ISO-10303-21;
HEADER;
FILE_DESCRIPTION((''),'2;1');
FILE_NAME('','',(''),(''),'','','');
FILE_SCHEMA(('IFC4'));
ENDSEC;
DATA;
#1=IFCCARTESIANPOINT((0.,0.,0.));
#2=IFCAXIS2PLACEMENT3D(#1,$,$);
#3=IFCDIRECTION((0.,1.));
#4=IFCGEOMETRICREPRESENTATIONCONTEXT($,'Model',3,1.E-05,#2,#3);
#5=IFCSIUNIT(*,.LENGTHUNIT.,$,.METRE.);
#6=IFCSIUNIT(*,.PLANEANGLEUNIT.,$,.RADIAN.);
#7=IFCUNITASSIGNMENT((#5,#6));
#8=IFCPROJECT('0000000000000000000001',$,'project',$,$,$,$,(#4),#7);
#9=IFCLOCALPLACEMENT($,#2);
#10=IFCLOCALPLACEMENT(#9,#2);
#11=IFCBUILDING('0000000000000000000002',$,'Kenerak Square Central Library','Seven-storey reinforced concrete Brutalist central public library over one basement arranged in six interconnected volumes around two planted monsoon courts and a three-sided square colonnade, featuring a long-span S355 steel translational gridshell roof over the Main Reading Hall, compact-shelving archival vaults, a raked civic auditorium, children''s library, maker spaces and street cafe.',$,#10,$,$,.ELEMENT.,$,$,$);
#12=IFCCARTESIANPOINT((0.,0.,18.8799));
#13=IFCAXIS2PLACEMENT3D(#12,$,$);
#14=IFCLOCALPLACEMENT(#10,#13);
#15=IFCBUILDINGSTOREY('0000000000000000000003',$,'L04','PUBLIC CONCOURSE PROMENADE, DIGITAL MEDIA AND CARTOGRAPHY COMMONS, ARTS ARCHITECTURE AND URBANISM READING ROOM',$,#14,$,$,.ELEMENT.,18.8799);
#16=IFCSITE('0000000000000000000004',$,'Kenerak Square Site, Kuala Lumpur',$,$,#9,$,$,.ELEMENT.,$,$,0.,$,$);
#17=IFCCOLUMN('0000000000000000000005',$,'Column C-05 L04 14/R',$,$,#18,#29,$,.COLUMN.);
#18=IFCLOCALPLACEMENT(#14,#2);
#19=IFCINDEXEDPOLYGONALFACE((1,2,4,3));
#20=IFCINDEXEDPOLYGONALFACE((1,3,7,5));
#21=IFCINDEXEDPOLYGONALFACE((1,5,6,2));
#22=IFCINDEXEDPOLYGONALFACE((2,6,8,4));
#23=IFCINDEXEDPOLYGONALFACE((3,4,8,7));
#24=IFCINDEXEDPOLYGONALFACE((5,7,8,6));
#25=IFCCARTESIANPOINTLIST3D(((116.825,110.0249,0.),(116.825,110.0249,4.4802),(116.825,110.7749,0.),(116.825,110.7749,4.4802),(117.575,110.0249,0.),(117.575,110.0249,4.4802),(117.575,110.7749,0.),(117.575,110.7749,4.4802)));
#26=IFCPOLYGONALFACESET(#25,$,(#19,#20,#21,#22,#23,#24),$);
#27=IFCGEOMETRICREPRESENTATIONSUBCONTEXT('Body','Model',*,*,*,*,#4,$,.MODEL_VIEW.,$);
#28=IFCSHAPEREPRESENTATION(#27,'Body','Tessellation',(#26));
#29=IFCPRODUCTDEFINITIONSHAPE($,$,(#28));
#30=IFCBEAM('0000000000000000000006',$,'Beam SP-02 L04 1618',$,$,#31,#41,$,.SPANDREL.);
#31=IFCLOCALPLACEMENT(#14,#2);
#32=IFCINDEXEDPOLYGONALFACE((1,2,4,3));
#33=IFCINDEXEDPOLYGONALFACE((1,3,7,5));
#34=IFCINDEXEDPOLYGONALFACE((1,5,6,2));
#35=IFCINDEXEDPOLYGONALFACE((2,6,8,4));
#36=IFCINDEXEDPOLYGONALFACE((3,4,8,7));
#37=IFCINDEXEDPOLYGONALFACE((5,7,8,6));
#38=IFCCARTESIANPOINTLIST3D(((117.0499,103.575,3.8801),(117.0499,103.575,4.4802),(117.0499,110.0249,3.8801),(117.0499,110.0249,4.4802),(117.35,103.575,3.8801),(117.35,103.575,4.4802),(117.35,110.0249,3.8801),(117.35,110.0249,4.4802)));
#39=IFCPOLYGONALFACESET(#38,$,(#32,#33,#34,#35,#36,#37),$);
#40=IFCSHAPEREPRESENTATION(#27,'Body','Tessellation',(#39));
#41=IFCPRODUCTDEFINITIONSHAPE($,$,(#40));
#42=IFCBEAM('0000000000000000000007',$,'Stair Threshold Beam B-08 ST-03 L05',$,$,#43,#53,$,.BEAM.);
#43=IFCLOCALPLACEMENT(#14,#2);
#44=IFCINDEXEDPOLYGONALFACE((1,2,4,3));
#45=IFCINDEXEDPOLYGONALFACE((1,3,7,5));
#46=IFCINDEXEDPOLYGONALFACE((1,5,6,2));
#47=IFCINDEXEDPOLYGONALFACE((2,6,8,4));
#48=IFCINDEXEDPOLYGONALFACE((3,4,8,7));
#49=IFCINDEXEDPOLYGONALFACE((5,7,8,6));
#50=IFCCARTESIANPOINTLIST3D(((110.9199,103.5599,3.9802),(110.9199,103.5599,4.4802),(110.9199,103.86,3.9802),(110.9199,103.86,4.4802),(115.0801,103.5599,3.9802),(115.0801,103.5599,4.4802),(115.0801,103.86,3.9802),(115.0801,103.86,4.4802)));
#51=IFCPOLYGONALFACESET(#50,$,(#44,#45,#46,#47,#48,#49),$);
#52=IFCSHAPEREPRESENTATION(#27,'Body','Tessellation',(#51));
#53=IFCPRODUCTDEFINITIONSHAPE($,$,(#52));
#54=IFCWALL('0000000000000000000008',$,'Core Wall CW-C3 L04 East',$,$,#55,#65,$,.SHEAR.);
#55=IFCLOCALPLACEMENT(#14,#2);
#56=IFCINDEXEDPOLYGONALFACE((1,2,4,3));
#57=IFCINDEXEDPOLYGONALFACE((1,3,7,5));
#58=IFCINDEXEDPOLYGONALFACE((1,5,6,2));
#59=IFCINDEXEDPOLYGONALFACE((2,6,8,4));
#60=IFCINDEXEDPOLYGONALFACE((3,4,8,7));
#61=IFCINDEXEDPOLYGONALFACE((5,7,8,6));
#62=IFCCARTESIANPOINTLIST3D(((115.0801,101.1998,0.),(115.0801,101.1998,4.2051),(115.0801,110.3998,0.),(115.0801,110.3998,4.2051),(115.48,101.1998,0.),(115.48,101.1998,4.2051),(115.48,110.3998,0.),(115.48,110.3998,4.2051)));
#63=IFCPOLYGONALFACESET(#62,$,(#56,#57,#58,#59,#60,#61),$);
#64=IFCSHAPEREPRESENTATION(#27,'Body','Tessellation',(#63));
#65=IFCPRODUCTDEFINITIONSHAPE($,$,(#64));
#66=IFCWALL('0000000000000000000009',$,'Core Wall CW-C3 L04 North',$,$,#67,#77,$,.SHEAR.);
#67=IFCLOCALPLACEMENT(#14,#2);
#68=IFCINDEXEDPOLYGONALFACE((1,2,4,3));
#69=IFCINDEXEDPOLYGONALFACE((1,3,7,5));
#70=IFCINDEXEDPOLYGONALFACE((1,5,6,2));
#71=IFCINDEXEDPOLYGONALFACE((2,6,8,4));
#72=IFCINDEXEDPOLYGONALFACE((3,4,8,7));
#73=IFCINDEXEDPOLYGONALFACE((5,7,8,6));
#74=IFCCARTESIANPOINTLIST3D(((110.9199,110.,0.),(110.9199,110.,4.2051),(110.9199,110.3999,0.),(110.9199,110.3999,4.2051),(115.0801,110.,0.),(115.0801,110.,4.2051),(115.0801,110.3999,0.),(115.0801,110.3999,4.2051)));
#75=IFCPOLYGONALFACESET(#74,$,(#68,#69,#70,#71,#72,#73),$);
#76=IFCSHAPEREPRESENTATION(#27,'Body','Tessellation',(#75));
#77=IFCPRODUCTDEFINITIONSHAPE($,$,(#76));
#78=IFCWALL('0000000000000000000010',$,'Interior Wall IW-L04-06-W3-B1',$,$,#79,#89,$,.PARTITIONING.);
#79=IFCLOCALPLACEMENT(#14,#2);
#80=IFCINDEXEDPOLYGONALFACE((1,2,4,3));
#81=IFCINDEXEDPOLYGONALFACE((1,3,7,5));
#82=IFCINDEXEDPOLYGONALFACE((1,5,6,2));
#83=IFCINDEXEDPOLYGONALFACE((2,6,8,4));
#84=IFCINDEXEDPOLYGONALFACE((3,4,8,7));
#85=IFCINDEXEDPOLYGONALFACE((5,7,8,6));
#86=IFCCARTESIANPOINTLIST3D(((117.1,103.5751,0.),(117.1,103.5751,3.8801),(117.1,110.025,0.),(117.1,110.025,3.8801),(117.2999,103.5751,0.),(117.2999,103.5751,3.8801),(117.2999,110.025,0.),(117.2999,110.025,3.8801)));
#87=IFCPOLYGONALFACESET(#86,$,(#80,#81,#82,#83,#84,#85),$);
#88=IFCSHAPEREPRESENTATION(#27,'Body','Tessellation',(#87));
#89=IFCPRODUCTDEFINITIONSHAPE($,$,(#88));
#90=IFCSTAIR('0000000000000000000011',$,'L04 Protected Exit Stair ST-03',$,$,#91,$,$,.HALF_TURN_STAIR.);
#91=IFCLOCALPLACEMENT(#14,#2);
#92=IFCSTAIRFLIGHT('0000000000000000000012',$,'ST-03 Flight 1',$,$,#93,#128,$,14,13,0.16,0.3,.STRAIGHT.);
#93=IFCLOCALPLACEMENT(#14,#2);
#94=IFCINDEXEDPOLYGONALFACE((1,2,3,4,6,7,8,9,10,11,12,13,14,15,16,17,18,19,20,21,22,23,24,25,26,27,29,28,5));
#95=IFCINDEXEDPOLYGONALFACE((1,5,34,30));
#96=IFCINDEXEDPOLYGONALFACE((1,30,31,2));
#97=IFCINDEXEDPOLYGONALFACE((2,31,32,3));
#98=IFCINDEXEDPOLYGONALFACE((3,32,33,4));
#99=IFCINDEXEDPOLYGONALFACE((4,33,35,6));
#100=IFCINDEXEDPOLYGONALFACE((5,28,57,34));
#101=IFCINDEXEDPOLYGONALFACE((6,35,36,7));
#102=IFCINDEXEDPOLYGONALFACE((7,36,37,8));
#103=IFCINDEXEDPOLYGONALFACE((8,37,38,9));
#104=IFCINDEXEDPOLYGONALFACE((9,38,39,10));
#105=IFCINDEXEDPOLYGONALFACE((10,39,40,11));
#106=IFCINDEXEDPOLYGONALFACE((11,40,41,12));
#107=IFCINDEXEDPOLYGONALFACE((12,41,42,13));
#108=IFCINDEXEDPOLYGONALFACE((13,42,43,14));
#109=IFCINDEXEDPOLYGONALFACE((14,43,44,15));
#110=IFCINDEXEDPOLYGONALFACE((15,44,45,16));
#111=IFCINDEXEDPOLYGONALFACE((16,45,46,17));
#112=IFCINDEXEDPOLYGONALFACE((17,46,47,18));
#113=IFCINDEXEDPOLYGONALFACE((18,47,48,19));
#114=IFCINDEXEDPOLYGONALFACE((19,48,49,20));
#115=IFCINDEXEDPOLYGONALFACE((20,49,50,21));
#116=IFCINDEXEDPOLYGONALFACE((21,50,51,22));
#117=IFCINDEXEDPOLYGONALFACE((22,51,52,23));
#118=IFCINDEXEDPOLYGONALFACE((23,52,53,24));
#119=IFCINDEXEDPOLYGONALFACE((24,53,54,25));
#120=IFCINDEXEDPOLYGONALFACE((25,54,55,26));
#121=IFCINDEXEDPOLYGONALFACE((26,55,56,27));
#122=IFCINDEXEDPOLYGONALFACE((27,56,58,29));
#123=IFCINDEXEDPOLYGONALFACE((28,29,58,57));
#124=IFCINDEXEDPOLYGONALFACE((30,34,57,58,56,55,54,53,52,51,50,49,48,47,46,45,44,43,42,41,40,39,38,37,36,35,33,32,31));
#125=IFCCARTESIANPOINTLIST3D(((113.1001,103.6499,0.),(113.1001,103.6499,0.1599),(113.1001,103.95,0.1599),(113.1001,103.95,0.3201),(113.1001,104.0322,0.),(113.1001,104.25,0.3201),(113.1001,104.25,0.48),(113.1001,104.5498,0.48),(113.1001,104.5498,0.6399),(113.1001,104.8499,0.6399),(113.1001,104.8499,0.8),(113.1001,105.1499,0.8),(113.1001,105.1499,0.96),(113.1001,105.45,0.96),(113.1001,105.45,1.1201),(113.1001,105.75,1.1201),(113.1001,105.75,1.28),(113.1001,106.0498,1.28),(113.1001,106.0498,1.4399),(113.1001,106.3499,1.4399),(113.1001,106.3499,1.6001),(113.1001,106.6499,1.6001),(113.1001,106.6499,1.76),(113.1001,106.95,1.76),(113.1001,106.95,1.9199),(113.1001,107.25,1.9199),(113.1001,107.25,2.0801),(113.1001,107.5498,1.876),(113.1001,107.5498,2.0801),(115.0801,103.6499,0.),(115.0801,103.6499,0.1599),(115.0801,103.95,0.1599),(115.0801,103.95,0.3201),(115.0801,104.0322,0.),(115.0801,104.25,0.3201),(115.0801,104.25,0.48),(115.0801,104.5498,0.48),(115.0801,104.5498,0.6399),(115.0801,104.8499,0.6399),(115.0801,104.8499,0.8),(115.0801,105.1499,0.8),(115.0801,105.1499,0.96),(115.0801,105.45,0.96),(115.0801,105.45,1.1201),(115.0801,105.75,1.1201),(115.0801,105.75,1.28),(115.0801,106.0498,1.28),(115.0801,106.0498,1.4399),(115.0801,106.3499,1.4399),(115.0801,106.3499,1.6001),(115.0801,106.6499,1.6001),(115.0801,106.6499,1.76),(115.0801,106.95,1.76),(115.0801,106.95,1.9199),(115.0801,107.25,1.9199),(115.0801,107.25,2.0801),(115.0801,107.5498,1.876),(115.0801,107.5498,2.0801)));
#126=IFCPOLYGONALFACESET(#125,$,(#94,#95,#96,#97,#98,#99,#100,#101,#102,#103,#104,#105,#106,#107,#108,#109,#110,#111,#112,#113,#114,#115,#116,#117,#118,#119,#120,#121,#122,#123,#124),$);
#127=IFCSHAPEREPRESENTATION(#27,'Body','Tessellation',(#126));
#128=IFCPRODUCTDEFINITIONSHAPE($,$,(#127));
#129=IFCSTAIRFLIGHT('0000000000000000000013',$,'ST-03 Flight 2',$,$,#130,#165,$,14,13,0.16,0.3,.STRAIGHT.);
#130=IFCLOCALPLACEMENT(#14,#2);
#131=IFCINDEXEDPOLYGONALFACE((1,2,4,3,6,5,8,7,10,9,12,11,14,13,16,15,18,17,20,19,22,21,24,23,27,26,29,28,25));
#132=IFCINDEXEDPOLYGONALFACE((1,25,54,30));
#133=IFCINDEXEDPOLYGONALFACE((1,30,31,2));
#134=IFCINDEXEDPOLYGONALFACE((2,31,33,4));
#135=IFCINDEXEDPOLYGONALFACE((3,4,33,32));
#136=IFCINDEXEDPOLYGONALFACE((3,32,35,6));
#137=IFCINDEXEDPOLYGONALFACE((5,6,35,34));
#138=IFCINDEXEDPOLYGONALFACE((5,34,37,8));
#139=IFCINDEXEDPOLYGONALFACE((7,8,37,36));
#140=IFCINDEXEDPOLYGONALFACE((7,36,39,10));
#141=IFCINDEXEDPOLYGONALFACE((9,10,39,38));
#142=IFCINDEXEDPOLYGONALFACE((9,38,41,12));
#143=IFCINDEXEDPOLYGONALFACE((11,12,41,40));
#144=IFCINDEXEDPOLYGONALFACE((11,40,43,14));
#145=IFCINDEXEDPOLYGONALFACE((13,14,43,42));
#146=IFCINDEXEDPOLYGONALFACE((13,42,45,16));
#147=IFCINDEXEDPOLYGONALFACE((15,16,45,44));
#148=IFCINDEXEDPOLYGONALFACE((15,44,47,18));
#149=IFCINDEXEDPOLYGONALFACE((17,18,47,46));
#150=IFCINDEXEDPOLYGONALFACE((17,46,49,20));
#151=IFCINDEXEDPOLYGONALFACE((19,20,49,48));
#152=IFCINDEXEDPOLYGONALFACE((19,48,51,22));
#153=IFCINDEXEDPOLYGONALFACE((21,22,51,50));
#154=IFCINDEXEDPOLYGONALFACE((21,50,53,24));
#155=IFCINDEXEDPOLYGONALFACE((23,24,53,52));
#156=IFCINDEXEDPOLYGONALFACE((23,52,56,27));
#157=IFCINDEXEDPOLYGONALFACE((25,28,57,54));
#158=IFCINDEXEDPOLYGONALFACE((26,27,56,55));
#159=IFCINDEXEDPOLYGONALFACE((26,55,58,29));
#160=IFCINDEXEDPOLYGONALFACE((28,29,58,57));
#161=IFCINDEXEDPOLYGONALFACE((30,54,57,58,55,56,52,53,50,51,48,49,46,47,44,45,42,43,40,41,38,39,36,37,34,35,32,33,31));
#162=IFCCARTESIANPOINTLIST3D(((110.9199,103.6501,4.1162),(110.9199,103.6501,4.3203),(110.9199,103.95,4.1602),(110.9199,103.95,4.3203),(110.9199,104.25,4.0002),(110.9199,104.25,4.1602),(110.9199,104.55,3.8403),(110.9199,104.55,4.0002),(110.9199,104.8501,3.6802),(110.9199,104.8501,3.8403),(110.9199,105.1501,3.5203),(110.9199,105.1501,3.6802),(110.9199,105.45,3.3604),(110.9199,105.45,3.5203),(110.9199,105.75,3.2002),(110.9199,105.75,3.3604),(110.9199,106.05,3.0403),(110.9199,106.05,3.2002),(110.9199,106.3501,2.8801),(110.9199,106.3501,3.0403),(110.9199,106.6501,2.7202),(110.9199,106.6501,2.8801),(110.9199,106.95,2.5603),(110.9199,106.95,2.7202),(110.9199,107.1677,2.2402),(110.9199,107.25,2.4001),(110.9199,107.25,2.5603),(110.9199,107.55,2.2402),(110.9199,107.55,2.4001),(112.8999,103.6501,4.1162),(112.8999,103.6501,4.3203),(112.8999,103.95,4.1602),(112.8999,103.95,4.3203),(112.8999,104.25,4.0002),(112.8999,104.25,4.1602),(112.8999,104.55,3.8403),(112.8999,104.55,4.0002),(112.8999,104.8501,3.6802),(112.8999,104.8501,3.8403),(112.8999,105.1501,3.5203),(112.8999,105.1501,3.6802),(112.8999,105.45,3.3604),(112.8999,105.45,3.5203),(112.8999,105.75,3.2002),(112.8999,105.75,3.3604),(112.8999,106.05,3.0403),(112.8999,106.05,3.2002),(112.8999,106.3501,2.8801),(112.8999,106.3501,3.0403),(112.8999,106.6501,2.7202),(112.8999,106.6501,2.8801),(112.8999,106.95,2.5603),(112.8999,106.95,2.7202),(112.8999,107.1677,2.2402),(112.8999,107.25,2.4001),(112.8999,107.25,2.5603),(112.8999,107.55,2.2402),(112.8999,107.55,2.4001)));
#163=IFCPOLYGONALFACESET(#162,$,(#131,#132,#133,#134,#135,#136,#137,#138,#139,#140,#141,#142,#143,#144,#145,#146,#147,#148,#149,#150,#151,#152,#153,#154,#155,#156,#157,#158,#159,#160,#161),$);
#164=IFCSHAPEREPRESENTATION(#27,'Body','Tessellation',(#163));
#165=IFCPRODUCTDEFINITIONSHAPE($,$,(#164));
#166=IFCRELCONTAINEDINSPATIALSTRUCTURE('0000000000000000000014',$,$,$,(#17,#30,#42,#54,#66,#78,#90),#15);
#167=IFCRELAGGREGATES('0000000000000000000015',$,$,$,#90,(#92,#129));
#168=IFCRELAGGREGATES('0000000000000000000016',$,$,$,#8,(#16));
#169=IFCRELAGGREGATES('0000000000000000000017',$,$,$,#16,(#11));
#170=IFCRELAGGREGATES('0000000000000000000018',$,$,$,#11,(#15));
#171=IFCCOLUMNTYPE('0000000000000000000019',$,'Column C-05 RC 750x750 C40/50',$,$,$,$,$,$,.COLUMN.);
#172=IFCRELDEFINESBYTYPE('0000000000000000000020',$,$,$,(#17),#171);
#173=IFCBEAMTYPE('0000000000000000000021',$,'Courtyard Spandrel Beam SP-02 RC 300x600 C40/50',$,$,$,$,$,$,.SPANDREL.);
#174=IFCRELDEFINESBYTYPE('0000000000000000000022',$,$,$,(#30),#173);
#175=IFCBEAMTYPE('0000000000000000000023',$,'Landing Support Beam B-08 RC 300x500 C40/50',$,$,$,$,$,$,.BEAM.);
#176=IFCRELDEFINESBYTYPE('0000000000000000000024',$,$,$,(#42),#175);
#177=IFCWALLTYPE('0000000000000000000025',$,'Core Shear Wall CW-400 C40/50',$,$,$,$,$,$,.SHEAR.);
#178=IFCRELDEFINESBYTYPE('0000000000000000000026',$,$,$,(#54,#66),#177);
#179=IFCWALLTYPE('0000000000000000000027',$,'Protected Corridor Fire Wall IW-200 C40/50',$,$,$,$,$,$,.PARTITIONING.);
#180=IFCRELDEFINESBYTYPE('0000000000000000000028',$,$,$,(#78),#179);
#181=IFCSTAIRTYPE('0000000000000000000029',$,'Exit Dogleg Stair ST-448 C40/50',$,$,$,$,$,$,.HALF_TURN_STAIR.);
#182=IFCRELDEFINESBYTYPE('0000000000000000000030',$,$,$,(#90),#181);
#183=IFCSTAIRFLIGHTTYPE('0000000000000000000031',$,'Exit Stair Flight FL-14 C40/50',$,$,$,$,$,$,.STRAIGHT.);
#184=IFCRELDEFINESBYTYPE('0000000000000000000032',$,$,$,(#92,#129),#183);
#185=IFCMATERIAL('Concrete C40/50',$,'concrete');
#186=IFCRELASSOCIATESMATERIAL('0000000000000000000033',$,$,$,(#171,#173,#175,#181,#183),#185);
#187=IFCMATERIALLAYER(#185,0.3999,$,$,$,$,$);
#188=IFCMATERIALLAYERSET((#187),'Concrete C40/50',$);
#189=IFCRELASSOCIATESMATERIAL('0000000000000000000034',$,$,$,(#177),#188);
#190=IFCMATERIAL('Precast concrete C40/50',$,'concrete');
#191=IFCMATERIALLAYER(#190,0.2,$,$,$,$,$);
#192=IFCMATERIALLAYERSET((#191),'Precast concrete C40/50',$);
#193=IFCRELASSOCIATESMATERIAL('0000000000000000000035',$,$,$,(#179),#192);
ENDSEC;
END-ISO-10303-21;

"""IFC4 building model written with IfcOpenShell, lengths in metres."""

from ifc_helpers import new_model, si_unit, direction, frame, frame_2d, origin, origin_2d, place, context, subcontext, project, spatial, polyline, rectangle, outline, extrude, material, layer, layer_set, material_profile, profile_set, type_object, element, aggregate, save


model = new_model("IFC4")

# Units and contexts
model_context = context("Model", 3, precision=1e-05, world=origin(), true_north=direction((0.0, 1.0)))
body_context = subcontext(model_context, "Body", "Model", "MODEL_VIEW")
ifc_project = project(units=[si_unit("LENGTHUNIT", "METRE"), si_unit("PLANEANGLEUNIT", "RADIAN")], contexts=[model_context])

# Site, building, storey
site_placement = place(None, origin())
site = spatial("IfcSite", under=ifc_project, at=site_placement, Name="Kenerak Square Site, Kuala Lumpur", CompositionType="ELEMENT", RefElevation=0.0)
building_placement = place(site_placement, origin())
building = spatial("IfcBuilding", under=site, at=building_placement, Name="Kenerak Square Central Library", Description="Seven-storey reinforced concrete Brutalist central public library over one basement arranged in six interconnected volumes around two planted monsoon courts and a three-sided square colonnade, featuring a long-span S355 steel translational gridshell roof over the Main Reading Hall, compact-shelving archival vaults, a raked civic auditorium, children's library, maker spaces and street cafe.", CompositionType="ELEMENT")
storey_placement = place(building_placement, frame((0.0, 0.0, 18.8799)))
storey = spatial("IfcBuildingStorey", under=building, at=storey_placement, Name="L04", Description="PUBLIC CONCOURSE PROMENADE, DIGITAL MEDIA AND CARTOGRAPHY COMMONS, ARTS ARCHITECTURE AND URBANISM READING ROOM", CompositionType="ELEMENT", Elevation=18.8799)

# Column
ifc_material_1 = material(Name="Concrete C40/50", Category="concrete")
ifc_material_profile_1 = material_profile(ifc_material_1, rectangle(XDim=0.75, YDim=0.75, at=origin_2d()), Name="RC 750x750")
ifc_profile_set_1 = profile_set([ifc_material_profile_1], Name="Concrete C40/50")
column_type = type_object("IfcColumnType", Name="Column C-05 RC 750x750 C40/50", PredefinedType="COLUMN", material=ifc_profile_set_1)
column_placement = place(storey_placement, frame((117.2, 110.3999, 0.0), z_axis=(0.0, 0.0, 1.0), x_axis=(1.0, 0.0, 0.0)))
element("IfcColumn", 1, at=column_placement, inside=storey, type_object=column_type, Name="Column C-05 L04 14/R", PredefinedType="COLUMN", context=body_context, shape_type="SweptSolid", body=[
    extrude(rectangle(XDim=0.75, YDim=0.75, at=origin_2d()), origin(), (0.0, 0.0, 1.0), 4.4802),
])

# Beams
ifc_material_profile_2 = material_profile(ifc_material_1, rectangle(XDim=0.3, YDim=0.6001, at=origin_2d()), Name="RC 300x600")
ifc_profile_set_2 = profile_set([ifc_material_profile_2], Name="Concrete C40/50")
beam_type_1 = type_object("IfcBeamType", Name="Courtyard Spandrel Beam SP-02 RC 300x600 C40/50", PredefinedType="SPANDREL", material=ifc_profile_set_2)
beam_1_placement = place(storey_placement, frame((117.2, 103.575, 4.1802), z_axis=(0.0, 1.0, 0.0), x_axis=(-1.0, 0.0, 0.0)))
element("IfcBeam", 2, at=beam_1_placement, inside=storey, type_object=beam_type_1, Name="Beam SP-02 L04 1618", PredefinedType="SPANDREL", context=body_context, shape_type="SweptSolid", body=[
    extrude(rectangle(XDim=0.3, YDim=0.6001, at=origin_2d()), origin(), (0.0, 0.0, 1.0), 6.45),
])
ifc_material_profile_3 = material_profile(ifc_material_1, rectangle(XDim=0.3, YDim=0.5, at=origin_2d()), Name="RC 300x500")
ifc_profile_set_3 = profile_set([ifc_material_profile_3], Name="Concrete C40/50")
beam_type_2 = type_object("IfcBeamType", Name="Landing Support Beam B-08 RC 300x500 C40/50", PredefinedType="BEAM", material=ifc_profile_set_3)
beam_2_placement = place(storey_placement, frame((110.9199, 103.71, 4.2302), z_axis=(1.0, 0.0, 0.0), x_axis=(0.0, 1.0, 0.0)))
element("IfcBeam", 3, at=beam_2_placement, inside=storey, type_object=beam_type_2, Name="Stair Threshold Beam B-08 ST-03 L05", PredefinedType="BEAM", context=body_context, shape_type="SweptSolid", body=[
    extrude(rectangle(XDim=0.3, YDim=0.5, at=origin_2d()), origin(), (0.0, 0.0, 1.0), 4.1602),
])

# Walls
ifc_layer_1 = layer(ifc_material_1, 0.3999)
ifc_layer_set_1 = layer_set([ifc_layer_1], Name="Concrete C40/50")
wall_type_1 = type_object("IfcWallType", Name="Core Shear Wall CW-400 C40/50", PredefinedType="SHEAR", material=ifc_layer_set_1)
wall_1_placement = place(storey_placement, frame((115.28, 110.3999, 0.0), z_axis=(0.0, 0.0, 1.0), x_axis=(0.0, -1.0, 0.0)))
element("IfcWall", 4, at=wall_1_placement, inside=storey, type_object=wall_type_1, Name="Core Wall CW-C3 L04 East", PredefinedType="SHEAR", context=body_context, shape_type="SweptSolid", body=[
    extrude(rectangle(XDim=9.2, YDim=0.3999, at=frame_2d((4.6001, 0.0))), origin(), (0.0, 0.0, 1.0), 4.2051),
])
wall_2_placement = place(storey_placement, frame((110.9199, 110.2, 0.0), z_axis=(0.0, 0.0, 1.0), x_axis=(1.0, 0.0, 0.0)))
element("IfcWall", 5, at=wall_2_placement, inside=storey, type_object=wall_type_1, Name="Core Wall CW-C3 L04 North", PredefinedType="SHEAR", context=body_context, shape_type="SweptSolid", body=[
    extrude(rectangle(XDim=4.1602, YDim=0.3999, at=frame_2d((2.0801, 0.0))), origin(), (0.0, 0.0, 1.0), 4.2051),
])
ifc_material_2 = material(Name="Precast concrete C40/50", Category="concrete")
ifc_layer_2 = layer(ifc_material_2, 0.2)
ifc_layer_set_2 = layer_set([ifc_layer_2], Name="Precast concrete C40/50")
wall_type_2 = type_object("IfcWallType", Name="Protected Corridor Fire Wall IW-200 C40/50", PredefinedType="PARTITIONING", material=ifc_layer_set_2)
wall_3_placement = place(storey_placement, frame((117.2, 103.575, 0.0), z_axis=(0.0, 0.0, 1.0), x_axis=(0.0, 1.0, 0.0)))
element("IfcWall", 6, at=wall_3_placement, inside=storey, type_object=wall_type_2, Name="Interior Wall IW-L04-06-W3-B1", PredefinedType="PARTITIONING", context=body_context, shape_type="SweptSolid", body=[
    extrude(rectangle(XDim=6.45, YDim=0.2, at=frame_2d((3.2251, 0.0))), origin(), (0.0, 0.0, 1.0), 3.8801),
])

# Stair, stair flights
stair_type = type_object("IfcStairType", Name="Exit Dogleg Stair ST-448 C40/50", PredefinedType="HALF_TURN_STAIR", material=ifc_material_1)
stair_placement = place(storey_placement, origin())
stair = element("IfcStair", 7, at=stair_placement, inside=storey, type_object=stair_type, Name="L04 Protected Exit Stair ST-03", PredefinedType="HALF_TURN_STAIR")
stair_flight_type = type_object("IfcStairFlightType", Name="Exit Stair Flight FL-14 C40/50", PredefinedType="STRAIGHT", material=ifc_material_1)
stair_flight_1_placement = place(storey_placement, frame((114.0901, 103.6499, 0.0), z_axis=(0.0, 0.0, 1.0), x_axis=(0.0, 1.0, 0.0)))
stair_flight_1 = element("IfcStairFlight", 8, at=stair_flight_1_placement, type_object=stair_flight_type, Name="ST-03 Flight 1", NumberOfRisers=14, NumberOfTreads=13, PredefinedType="STRAIGHT", RiserHeight=0.16, TreadLength=0.3, context=body_context, shape_type="SweptSolid", body=[
    extrude(outline(polyline([(0.0, 0.0), (0.0, 0.1599), (0.3, 0.1599), (0.3, 0.3201), (0.6001, 0.3201), (0.6001, 0.48), (0.8999, 0.48), (0.8999, 0.6399), (1.2, 0.6399), (1.2, 0.8), (1.5, 0.8), (1.5, 0.96), (1.8, 0.96), (1.8, 1.1201), (2.1001, 1.1201), (2.1001, 1.28), (2.3999, 1.28), (2.3999, 1.4399), (2.7, 1.4399), (2.7, 1.6001), (3.0, 1.6001), (3.0, 1.76), (3.3, 1.76), (3.3, 1.9199), (3.6001, 1.9199), (3.6001, 2.0801), (3.8999, 2.0801), (3.8999, 2.24), (3.8999, 1.876), (0.3823, 0.0), (0.0, 0.0)])), frame((0.0, 0.99, 0.0), z_axis=(0.0, -1.0, 0.0), x_axis=(1.0, 0.0, 0.0)), (0.0, 0.0, 1.0), 1.98),
])
stair_flight_2_placement = place(storey_placement, frame((111.9099, 107.55, 2.2402), z_axis=(0.0, 0.0, 1.0), x_axis=(0.0, -1.0, 0.0)))
stair_flight_2 = element("IfcStairFlight", 9, at=stair_flight_2_placement, type_object=stair_flight_type, Name="ST-03 Flight 2", NumberOfRisers=14, NumberOfTreads=13, PredefinedType="STRAIGHT", RiserHeight=0.16, TreadLength=0.3, context=body_context, shape_type="SweptSolid", body=[
    extrude(outline(polyline([(0.0, 0.0), (0.0, 0.1599), (0.3, 0.1599), (0.3, 0.3201), (0.6001, 0.3201), (0.6001, 0.48), (0.8999, 0.48), (0.8999, 0.6399), (1.2, 0.6399), (1.2, 0.8), (1.5, 0.8), (1.5, 0.96), (1.8, 0.96), (1.8, 1.1201), (2.1001, 1.1201), (2.1001, 1.28), (2.3999, 1.28), (2.3999, 1.4399), (2.7, 1.4399), (2.7, 1.6001), (3.0, 1.6001), (3.0, 1.76), (3.3, 1.76), (3.3, 1.9199), (3.6001, 1.9199), (3.6001, 2.0801), (3.8999, 2.0801), (3.8999, 2.24), (3.8999, 1.876), (0.3823, 0.0), (0.0, 0.0)])), frame((0.0, 0.99, 0.0), z_axis=(0.0, -1.0, 0.0), x_axis=(1.0, 0.0, 0.0)), (0.0, 0.0, 1.0), 1.98),
])
aggregate(stair, [stair_flight_1, stair_flight_2])

save(model, "model.ifc")
